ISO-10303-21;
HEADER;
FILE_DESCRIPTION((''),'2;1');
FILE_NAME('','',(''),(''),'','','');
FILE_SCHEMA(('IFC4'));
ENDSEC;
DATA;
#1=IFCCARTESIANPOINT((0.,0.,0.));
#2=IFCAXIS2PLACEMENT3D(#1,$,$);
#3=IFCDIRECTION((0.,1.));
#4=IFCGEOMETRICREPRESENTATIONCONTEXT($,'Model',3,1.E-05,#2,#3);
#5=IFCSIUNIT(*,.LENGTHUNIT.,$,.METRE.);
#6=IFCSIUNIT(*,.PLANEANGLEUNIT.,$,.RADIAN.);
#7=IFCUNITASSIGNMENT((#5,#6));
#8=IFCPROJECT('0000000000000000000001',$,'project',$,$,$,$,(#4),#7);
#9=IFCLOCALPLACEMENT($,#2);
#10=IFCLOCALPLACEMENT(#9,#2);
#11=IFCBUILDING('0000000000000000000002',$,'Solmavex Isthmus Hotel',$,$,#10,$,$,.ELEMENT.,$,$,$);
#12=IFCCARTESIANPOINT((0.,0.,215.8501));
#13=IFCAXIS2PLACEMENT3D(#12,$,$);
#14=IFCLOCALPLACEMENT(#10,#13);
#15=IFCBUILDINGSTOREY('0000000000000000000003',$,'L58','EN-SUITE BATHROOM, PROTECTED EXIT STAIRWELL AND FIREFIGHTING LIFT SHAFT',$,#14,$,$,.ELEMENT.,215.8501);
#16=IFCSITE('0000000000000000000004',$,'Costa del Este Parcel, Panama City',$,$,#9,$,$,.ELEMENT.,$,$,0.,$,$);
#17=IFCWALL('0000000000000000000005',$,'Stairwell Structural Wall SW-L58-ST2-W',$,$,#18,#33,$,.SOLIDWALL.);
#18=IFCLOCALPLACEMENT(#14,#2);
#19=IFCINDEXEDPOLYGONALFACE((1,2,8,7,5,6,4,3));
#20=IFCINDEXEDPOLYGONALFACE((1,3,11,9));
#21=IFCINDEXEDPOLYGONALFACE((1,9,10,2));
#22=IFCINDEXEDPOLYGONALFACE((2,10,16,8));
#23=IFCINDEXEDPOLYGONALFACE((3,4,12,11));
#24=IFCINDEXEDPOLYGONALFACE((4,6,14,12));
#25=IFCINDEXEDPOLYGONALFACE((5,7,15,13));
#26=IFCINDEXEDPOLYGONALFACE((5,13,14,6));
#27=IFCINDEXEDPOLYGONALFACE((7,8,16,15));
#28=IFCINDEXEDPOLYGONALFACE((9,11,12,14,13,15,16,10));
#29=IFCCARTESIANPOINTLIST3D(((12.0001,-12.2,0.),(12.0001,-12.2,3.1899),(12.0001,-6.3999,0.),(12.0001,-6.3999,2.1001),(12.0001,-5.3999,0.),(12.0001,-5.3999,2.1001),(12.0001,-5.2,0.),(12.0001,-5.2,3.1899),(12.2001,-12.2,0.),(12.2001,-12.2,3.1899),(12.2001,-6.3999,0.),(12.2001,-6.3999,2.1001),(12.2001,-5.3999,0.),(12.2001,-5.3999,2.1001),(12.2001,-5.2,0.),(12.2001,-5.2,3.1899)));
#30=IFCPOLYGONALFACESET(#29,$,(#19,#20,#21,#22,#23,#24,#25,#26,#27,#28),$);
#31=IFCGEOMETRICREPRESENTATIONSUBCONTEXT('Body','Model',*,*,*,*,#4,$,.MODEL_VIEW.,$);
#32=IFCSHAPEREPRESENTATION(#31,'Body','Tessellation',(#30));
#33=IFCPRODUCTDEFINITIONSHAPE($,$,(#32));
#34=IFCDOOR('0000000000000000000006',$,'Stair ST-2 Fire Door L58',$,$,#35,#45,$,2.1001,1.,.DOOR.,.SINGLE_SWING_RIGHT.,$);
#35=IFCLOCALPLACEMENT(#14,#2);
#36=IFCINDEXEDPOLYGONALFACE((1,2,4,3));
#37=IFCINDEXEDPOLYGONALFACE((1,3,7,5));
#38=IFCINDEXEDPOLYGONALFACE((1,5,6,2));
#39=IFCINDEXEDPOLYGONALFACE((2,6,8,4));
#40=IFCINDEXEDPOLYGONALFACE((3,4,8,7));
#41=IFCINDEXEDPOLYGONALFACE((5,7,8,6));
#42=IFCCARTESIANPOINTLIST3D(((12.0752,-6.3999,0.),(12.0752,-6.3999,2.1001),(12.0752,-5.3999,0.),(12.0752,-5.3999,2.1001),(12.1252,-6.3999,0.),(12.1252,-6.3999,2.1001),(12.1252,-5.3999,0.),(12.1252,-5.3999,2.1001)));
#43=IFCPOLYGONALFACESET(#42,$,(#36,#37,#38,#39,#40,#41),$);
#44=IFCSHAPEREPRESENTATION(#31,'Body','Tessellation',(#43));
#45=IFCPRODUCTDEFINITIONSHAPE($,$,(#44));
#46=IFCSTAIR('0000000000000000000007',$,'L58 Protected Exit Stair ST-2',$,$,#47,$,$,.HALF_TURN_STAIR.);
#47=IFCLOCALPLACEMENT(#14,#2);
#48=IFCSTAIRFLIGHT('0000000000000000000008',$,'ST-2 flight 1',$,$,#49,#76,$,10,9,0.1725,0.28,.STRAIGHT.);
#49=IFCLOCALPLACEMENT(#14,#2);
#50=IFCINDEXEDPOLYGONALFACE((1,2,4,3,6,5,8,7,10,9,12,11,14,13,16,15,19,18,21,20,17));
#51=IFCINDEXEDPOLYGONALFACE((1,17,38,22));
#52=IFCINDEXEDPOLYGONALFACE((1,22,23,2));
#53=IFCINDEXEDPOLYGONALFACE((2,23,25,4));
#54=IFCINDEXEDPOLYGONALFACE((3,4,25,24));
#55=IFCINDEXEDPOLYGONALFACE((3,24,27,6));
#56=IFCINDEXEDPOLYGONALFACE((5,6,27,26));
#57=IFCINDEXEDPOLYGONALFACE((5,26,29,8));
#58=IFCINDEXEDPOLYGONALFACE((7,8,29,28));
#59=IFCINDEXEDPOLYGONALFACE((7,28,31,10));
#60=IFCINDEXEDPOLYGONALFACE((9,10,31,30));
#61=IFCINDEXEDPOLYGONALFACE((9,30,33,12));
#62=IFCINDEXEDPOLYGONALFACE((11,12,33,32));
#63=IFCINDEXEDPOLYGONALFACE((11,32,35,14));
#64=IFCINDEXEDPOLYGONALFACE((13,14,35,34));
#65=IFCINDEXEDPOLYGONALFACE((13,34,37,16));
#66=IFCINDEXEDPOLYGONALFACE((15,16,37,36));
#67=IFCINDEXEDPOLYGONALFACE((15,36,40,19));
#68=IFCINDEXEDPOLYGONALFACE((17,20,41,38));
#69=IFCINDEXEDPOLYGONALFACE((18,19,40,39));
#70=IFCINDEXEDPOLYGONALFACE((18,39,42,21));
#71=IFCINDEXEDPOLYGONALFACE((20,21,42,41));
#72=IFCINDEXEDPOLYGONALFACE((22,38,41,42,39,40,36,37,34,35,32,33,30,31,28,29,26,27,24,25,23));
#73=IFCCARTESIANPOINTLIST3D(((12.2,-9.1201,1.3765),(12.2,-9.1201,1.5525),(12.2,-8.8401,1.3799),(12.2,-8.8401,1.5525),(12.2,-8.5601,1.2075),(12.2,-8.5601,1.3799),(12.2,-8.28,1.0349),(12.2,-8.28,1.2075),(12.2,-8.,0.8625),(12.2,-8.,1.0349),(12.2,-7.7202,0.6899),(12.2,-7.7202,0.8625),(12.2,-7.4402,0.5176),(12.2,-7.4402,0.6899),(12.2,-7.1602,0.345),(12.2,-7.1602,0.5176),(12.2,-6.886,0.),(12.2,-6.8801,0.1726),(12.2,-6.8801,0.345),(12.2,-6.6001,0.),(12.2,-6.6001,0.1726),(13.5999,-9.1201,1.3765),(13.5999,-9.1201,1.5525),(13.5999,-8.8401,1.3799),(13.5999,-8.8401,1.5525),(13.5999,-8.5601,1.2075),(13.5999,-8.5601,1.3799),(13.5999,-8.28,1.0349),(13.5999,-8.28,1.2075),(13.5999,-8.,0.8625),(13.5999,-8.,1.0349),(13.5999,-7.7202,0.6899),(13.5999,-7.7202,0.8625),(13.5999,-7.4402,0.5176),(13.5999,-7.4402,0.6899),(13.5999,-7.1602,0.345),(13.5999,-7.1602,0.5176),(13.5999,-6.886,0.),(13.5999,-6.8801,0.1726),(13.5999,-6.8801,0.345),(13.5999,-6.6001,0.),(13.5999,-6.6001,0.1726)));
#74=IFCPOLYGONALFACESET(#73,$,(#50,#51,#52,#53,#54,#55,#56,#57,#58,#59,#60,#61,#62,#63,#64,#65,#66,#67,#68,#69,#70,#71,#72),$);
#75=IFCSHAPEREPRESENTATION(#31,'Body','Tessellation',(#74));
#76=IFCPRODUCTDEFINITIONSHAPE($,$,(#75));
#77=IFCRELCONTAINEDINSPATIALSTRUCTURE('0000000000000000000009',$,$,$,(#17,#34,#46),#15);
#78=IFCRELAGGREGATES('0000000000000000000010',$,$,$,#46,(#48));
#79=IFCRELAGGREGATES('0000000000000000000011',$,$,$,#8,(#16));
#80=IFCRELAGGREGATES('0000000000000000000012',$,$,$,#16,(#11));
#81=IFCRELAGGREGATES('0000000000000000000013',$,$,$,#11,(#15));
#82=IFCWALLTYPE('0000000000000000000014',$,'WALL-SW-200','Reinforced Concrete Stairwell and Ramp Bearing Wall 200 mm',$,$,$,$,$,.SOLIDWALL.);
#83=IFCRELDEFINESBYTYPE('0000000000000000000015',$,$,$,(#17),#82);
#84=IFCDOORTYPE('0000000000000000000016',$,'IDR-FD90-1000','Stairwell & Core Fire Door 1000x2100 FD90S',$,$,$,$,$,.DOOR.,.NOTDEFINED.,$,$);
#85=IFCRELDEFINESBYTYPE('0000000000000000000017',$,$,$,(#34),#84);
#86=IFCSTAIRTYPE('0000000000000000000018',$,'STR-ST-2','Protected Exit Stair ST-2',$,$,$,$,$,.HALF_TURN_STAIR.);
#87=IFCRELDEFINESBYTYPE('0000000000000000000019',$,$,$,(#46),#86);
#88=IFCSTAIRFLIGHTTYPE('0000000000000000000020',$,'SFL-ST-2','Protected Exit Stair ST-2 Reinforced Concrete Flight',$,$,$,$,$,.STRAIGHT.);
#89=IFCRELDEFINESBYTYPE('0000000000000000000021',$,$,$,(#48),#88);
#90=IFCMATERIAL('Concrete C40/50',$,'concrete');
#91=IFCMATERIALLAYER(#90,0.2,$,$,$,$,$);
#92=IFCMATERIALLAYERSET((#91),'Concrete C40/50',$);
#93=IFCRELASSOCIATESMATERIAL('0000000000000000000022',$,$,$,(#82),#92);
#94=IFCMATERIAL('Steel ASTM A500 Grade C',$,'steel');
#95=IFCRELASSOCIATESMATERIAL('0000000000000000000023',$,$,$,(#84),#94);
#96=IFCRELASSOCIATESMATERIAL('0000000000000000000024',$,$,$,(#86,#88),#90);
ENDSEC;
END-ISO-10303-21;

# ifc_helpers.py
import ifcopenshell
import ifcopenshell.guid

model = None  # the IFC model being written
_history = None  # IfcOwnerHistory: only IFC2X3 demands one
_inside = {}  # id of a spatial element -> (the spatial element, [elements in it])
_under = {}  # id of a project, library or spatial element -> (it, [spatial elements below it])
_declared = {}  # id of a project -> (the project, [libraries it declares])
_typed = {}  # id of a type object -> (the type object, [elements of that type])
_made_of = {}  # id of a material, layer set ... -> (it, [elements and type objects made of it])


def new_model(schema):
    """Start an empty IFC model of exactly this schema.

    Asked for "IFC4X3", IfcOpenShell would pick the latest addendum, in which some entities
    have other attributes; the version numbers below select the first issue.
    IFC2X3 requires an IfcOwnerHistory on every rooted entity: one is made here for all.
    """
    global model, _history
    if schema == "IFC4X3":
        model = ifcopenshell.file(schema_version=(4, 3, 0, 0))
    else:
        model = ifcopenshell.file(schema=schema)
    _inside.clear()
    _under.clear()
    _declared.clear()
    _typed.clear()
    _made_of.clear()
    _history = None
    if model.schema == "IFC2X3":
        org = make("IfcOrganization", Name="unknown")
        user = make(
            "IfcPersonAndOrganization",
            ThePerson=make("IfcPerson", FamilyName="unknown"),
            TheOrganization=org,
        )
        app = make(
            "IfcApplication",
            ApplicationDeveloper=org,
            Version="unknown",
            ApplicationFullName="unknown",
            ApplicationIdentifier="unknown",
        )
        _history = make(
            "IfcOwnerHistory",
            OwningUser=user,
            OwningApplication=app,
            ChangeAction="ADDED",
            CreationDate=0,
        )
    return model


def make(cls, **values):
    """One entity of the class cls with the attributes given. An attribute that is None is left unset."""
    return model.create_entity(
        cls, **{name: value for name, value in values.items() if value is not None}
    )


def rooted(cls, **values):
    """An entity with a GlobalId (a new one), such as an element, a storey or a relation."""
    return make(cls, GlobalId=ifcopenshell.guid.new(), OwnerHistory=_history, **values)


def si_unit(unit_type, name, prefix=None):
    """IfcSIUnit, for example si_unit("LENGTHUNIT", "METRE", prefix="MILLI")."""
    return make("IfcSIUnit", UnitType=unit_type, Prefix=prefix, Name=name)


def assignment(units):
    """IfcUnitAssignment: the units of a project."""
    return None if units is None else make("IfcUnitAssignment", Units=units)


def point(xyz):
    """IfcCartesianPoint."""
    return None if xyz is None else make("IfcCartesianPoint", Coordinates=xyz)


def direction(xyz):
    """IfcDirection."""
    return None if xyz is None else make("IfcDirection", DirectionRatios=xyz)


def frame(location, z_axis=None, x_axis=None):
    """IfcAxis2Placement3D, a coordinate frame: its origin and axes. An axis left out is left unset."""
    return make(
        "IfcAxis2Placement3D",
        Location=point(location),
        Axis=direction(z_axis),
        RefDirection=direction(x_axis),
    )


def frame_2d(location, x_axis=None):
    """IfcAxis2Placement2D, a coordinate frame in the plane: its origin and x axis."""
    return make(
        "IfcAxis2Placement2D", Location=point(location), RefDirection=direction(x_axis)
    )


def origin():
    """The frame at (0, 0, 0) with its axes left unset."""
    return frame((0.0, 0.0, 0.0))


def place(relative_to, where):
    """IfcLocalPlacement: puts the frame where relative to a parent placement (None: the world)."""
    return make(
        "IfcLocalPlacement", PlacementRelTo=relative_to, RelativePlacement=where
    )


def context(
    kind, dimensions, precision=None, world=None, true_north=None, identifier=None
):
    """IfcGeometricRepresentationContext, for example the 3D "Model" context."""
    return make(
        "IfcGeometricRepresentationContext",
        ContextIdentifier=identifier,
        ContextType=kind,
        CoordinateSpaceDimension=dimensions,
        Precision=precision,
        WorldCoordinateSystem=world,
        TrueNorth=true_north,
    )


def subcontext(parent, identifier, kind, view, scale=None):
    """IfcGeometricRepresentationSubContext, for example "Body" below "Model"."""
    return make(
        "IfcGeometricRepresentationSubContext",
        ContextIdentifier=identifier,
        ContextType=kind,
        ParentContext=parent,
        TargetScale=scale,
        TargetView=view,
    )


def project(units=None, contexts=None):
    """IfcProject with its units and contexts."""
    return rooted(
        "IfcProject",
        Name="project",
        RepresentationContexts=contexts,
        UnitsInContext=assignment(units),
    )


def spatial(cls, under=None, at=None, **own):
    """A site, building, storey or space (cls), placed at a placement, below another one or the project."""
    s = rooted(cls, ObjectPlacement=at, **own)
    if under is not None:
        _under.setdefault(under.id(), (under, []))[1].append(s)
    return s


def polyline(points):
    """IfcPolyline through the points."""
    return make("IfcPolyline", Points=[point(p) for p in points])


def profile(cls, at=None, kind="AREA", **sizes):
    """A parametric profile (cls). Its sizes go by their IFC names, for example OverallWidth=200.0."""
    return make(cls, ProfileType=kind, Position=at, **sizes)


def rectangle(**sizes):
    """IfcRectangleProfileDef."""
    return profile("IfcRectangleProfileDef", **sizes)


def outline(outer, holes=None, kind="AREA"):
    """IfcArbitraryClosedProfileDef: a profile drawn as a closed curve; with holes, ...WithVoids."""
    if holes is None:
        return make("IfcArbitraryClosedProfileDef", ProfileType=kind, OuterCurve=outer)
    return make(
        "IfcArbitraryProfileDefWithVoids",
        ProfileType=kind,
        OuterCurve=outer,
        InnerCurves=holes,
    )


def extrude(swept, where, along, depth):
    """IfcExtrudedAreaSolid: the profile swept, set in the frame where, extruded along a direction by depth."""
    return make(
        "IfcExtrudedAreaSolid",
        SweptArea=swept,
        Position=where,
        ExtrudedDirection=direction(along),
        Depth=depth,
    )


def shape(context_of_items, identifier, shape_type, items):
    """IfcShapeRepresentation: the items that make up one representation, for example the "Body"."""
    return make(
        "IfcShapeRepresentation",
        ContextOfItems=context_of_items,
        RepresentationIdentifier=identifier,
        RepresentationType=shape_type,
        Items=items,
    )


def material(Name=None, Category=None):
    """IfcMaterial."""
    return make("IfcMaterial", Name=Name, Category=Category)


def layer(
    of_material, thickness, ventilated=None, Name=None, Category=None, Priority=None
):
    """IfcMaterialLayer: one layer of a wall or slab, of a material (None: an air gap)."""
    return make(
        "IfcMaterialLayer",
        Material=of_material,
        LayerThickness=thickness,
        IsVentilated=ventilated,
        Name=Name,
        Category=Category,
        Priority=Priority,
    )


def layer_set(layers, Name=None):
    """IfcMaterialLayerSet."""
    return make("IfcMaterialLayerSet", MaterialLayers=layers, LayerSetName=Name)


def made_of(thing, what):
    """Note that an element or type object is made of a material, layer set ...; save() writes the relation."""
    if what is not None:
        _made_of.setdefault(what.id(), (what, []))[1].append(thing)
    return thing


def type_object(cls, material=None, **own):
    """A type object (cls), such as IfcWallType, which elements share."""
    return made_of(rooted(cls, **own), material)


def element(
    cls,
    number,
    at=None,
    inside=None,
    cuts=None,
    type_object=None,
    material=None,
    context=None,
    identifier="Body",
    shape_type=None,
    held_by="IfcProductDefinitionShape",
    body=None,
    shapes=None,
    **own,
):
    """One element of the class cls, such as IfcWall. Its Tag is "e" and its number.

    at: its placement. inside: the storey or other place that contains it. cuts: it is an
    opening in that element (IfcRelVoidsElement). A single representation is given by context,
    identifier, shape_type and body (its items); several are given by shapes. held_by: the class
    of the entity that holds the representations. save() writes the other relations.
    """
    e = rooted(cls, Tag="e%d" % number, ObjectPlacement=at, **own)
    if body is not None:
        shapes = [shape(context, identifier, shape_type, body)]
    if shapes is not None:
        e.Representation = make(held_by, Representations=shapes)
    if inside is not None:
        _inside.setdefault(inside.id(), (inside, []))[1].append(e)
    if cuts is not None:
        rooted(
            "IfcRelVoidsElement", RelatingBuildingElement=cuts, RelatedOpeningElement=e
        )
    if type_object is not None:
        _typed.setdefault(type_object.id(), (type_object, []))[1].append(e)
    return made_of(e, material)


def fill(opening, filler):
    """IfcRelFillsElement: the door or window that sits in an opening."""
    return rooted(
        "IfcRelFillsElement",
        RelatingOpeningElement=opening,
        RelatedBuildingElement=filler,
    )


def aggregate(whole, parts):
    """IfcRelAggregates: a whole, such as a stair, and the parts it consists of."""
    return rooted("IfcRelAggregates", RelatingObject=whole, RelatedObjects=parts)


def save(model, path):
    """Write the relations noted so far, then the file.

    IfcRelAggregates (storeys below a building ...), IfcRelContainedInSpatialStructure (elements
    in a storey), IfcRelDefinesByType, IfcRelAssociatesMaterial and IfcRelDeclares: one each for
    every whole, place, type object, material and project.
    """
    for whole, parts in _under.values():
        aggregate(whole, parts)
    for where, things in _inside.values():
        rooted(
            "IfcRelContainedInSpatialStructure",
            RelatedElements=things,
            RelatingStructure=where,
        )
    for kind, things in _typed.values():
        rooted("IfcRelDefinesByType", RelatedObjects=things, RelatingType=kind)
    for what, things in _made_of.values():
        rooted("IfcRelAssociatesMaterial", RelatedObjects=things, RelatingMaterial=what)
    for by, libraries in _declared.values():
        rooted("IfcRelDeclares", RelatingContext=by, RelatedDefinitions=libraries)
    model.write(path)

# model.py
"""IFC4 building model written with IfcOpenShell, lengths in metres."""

from ifc_helpers import new_model, si_unit, direction, frame, frame_2d, origin, place, context, subcontext, project, spatial, polyline, rectangle, outline, extrude, material, layer, layer_set, type_object, element, fill, aggregate, save


model = new_model("IFC4")

# Units and contexts
model_context = context("Model", 3, precision=1e-05, world=origin(), true_north=direction((0.0, 1.0)))
body_context = subcontext(model_context, "Body", "Model", "MODEL_VIEW")
ifc_project = project(units=[si_unit("LENGTHUNIT", "METRE"), si_unit("PLANEANGLEUNIT", "RADIAN")], contexts=[model_context])

# Site, building, storey
site_placement = place(None, origin())
site = spatial("IfcSite", under=ifc_project, at=site_placement, Name="Costa del Este Parcel, Panama City", CompositionType="ELEMENT", RefElevation=0.0)
building_placement = place(site_placement, origin())
building = spatial("IfcBuilding", under=site, at=building_placement, Name="Solmavex Isthmus Hotel", CompositionType="ELEMENT")
storey_placement = place(building_placement, frame((0.0, 0.0, 215.8501)))
storey = spatial("IfcBuildingStorey", under=building, at=storey_placement, Name="L58", Description="EN-SUITE BATHROOM, PROTECTED EXIT STAIRWELL AND FIREFIGHTING LIFT SHAFT", CompositionType="ELEMENT", Elevation=215.8501)

# Shared definitions
ifc_material_1 = material(Name="Concrete C40/50", Category="concrete")
ifc_material_2 = material(Name="Steel ASTM A500 Grade C", Category="steel")

# Shared definitions
ifc_layer_1 = layer(ifc_material_1, 0.2)
ifc_layer_set_1 = layer_set([ifc_layer_1], Name="Concrete C40/50")
wall_type_1 = type_object("IfcWallType", Name="WALL-SW-200", Description="Reinforced Concrete Stairwell and Ramp Bearing Wall 200 mm", PredefinedType="SOLIDWALL", material=ifc_layer_set_1)

# Wall, opening, door
wall_1_placement = place(storey_placement, frame((12.1001, -12.2, 0.0), z_axis=(0.0, 0.0, 1.0), x_axis=(0.0, 1.0, 0.0)))
wall_1 = element("IfcWall", 1, at=wall_1_placement, inside=storey, type_object=wall_type_1, Name="Stairwell Structural Wall SW-L58-ST2-W", PredefinedType="SOLIDWALL", context=body_context, shape_type="SweptSolid", body=[
    extrude(rectangle(XDim=7.0, YDim=0.2, at=frame_2d((3.5, 0.0))), origin(), (0.0, 0.0, 1.0), 3.1899),
])
opening_1_placement = place(wall_1_placement, frame((5.8, 0.0, 0.0)))
opening_1 = element("IfcOpeningElement", 2, at=opening_1_placement, cuts=wall_1, PredefinedType="OPENING", context=body_context, shape_type="SweptSolid", body=[
    extrude(rectangle(XDim=1.0, YDim=2.1001, at=frame_2d((0.5, 1.05))), frame((0.0, 0.1099, 0.0), z_axis=(0.0, -1.0, 0.0), x_axis=(1.0, 0.0, 0.0)), (0.0, 0.0, 1.0), 0.22),
])
door_type_1 = type_object("IfcDoorType", Name="IDR-FD90-1000", Description="Stairwell & Core Fire Door 1000x2100 FD90S", OperationType="NOTDEFINED", PredefinedType="DOOR", material=ifc_material_2)
door_1_placement = place(opening_1_placement, origin())
door_1 = element("IfcDoor", 3, at=door_1_placement, inside=storey, type_object=door_type_1, Name="Stair ST-2 Fire Door L58", OperationType="SINGLE_SWING_RIGHT", OverallHeight=2.1001, OverallWidth=1.0, PredefinedType="DOOR", context=body_context, shape_type="SweptSolid", body=[
    extrude(rectangle(XDim=1.0, YDim=2.1001, at=frame_2d((0.5, 1.05))), frame((0.0, 0.0249, 0.0), z_axis=(0.0, -1.0, 0.0), x_axis=(1.0, 0.0, 0.0)), (0.0, 0.0, 1.0), 0.05),
])
fill(opening_1, door_1)

# Stair, stair flight
stair_type = type_object("IfcStairType", Name="STR-ST-2", Description="Protected Exit Stair ST-2", PredefinedType="HALF_TURN_STAIR", material=ifc_material_1)
stair_placement = place(storey_placement, origin())
stair = element("IfcStair", 4, at=stair_placement, inside=storey, type_object=stair_type, Name="L58 Protected Exit Stair ST-2", PredefinedType="HALF_TURN_STAIR")
stair_flight_type = type_object("IfcStairFlightType", Name="SFL-ST-2", Description="Protected Exit Stair ST-2 Reinforced Concrete Flight", PredefinedType="STRAIGHT", material=ifc_material_1)
stair_flight_placement = place(storey_placement, frame((12.8999, -6.6001, 0.0), z_axis=(0.0, 0.0, 1.0), x_axis=(0.0, -1.0, 0.0)))
stair_flight = element("IfcStairFlight", 5, at=stair_flight_placement, type_object=stair_flight_type, Name="ST-2 flight 1", NumberOfRisers=10, NumberOfTreads=9, PredefinedType="STRAIGHT", RiserHeight=0.1725, TreadLength=0.28, context=body_context, shape_type="SweptSolid", body=[
    extrude(outline(polyline([(0.0, 0.0), (0.0, 0.1726), (0.28, 0.1726), (0.28, 0.345), (0.5601, 0.345), (0.5601, 0.5176), (0.8401, 0.5176), (0.8401, 0.6899), (1.1201, 0.6899), (1.1201, 0.8625), (1.3999, 0.8625), (1.3999, 1.0349), (1.6799, 1.0349), (1.6799, 1.2075), (1.96, 1.2075), (1.96, 1.3799), (2.24, 1.3799), (2.24, 1.5525), (2.52, 1.5525), (2.52, 1.7251), (2.52, 1.3765), (0.2859, 0.0), (0.0, 0.0)])), frame((0.0, 0.7, 0.0), z_axis=(0.0, -1.0, 0.0), x_axis=(1.0, 0.0, 0.0)), (0.0, 0.0, 1.0), 1.3999),
])
aggregate(stair, [stair_flight])

save(model, "model.ifc")
